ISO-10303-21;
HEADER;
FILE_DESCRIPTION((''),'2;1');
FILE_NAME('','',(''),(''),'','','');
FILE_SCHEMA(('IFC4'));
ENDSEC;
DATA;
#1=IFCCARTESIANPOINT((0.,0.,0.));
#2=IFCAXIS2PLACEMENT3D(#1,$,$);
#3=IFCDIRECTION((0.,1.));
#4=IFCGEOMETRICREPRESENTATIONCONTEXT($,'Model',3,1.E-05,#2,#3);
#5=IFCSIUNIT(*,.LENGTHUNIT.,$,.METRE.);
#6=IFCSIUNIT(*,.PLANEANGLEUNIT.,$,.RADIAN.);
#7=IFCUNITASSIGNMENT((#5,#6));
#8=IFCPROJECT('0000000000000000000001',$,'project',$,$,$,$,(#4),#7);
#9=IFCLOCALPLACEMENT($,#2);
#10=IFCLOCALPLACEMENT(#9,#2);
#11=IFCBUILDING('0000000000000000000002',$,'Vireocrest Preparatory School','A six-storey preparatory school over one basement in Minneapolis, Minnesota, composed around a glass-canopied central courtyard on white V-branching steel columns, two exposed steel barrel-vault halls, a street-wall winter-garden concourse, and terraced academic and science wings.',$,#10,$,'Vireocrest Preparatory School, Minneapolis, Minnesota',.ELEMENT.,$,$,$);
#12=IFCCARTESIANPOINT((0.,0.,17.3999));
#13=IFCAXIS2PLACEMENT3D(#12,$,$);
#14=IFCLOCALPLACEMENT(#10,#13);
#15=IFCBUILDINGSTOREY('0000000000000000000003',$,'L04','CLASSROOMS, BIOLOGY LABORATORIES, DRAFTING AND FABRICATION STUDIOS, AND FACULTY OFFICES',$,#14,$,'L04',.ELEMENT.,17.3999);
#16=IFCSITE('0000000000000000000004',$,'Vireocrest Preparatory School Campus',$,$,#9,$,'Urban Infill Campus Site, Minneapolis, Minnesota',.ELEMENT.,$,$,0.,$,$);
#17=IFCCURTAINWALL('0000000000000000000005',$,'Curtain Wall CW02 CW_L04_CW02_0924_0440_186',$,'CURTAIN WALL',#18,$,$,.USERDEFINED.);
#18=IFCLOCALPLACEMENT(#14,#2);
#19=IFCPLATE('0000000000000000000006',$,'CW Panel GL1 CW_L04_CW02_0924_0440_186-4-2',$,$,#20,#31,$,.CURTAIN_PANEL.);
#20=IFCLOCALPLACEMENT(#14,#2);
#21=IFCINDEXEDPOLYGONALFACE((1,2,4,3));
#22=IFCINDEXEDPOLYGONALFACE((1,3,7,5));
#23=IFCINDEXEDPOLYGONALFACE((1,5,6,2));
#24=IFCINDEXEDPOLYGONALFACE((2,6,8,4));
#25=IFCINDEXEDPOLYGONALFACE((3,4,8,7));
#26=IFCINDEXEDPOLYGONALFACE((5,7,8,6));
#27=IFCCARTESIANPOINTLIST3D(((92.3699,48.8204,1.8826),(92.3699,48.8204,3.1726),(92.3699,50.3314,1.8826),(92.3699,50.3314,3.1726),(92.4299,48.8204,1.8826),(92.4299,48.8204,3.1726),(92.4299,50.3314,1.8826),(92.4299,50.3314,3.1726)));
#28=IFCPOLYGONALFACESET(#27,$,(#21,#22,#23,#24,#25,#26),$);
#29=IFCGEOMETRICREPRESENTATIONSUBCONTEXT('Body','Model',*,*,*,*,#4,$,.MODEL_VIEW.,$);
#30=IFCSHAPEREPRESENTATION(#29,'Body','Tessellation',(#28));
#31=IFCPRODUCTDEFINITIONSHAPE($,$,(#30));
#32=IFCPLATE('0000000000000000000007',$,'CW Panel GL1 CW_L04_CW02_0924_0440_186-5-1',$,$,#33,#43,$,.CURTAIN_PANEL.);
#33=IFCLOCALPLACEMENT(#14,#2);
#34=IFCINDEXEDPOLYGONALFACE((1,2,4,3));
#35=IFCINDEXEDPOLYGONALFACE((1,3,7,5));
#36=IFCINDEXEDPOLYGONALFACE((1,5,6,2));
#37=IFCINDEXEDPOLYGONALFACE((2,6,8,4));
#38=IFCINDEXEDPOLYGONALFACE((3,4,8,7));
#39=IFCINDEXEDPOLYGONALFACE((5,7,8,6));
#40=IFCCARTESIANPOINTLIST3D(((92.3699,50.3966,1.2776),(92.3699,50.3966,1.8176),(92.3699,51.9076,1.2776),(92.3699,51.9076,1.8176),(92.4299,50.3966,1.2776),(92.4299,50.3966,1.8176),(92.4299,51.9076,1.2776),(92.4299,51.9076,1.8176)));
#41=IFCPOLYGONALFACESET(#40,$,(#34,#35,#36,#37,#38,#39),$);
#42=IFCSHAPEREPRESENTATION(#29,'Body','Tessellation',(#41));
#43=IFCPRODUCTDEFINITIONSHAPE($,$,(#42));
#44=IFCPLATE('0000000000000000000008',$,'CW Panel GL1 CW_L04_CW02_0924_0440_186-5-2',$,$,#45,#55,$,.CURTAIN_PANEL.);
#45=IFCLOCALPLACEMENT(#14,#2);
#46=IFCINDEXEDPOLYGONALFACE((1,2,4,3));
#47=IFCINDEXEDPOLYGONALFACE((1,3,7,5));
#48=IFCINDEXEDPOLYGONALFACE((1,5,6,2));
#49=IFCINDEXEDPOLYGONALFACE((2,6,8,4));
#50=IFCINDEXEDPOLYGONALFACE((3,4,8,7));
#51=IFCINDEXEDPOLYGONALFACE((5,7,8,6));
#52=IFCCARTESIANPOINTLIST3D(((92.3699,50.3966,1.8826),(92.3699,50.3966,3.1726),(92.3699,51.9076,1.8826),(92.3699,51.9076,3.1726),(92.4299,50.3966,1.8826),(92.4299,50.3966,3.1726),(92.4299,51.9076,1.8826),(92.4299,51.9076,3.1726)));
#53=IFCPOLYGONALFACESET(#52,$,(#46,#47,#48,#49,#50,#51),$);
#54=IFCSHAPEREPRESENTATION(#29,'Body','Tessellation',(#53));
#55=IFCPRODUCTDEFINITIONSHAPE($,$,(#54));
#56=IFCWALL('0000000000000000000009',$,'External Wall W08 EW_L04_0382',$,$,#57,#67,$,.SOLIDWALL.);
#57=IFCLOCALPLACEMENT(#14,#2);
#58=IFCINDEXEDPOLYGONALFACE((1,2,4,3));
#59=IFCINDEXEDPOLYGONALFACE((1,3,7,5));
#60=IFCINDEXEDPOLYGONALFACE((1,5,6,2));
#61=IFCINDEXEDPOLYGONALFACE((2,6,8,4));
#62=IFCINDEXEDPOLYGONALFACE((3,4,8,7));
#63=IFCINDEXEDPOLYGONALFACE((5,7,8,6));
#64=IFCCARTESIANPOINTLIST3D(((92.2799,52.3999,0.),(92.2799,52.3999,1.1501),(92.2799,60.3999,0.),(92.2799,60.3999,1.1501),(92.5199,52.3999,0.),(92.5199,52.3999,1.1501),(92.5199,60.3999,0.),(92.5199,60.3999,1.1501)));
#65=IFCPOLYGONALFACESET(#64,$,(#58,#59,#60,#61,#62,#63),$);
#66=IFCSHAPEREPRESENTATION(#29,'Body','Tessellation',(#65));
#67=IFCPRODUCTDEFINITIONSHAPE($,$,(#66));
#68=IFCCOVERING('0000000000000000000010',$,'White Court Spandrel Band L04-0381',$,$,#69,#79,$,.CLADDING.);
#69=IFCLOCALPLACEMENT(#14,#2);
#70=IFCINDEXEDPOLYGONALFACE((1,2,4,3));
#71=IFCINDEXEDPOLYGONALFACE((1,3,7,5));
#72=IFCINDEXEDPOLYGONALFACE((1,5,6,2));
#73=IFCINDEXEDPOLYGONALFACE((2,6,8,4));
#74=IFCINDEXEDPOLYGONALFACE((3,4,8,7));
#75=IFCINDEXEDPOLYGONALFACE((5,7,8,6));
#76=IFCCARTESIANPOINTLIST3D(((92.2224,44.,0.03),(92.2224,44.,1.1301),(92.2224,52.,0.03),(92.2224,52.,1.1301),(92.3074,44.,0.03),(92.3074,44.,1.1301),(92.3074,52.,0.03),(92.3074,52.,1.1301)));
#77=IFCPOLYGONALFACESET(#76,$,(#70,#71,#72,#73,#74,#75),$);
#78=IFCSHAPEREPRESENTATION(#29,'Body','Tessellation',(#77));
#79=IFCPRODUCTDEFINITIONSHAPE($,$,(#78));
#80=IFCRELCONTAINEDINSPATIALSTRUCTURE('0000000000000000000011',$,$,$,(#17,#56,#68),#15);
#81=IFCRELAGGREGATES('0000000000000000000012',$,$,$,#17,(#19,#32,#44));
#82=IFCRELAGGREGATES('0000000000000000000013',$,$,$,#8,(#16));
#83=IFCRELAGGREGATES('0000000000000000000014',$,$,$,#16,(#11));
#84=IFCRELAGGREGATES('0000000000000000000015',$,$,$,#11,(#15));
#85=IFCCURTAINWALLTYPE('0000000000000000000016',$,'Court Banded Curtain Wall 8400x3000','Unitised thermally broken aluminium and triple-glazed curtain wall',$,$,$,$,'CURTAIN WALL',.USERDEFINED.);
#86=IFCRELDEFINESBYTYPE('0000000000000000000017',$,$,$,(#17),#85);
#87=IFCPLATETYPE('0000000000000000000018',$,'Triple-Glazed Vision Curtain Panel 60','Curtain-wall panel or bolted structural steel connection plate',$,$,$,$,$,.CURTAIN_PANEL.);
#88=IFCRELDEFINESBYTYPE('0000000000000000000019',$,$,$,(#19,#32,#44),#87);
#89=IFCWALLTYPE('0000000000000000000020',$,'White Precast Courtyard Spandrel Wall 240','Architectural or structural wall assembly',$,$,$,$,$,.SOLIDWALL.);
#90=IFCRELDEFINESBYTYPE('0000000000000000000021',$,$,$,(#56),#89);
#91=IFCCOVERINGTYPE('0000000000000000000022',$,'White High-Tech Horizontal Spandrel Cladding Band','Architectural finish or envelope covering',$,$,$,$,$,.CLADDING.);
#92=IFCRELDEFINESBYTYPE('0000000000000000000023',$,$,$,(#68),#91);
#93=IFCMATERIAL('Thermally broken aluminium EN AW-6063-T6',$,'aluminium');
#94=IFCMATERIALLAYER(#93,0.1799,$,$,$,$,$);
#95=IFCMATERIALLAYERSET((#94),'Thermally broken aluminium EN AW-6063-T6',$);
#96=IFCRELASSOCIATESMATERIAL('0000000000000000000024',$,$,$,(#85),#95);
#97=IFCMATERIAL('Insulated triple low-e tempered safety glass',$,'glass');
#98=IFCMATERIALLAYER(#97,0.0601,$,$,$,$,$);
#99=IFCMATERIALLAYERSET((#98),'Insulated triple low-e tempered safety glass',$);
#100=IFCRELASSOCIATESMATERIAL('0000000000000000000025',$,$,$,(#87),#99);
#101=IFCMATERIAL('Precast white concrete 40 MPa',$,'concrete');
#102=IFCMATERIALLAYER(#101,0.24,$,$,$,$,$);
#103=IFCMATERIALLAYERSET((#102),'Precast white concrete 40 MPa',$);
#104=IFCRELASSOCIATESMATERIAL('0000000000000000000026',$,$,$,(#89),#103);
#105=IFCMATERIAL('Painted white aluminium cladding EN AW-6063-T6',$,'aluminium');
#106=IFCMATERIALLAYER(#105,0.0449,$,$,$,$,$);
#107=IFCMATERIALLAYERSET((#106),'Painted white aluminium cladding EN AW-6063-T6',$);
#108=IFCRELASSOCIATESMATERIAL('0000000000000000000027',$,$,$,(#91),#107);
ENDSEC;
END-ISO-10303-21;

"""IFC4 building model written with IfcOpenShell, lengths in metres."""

from ifc_helpers import new_model, si_unit, direction, frame, frame_2d, origin, origin_2d, place, context, subcontext, project, spatial, rectangle, extrude, material, layer, layer_set, type_object, element, aggregate, save


model = new_model("IFC4")

# Units and contexts
model_context = context("Model", 3, precision=1e-05, world=origin(), true_north=direction((0.0, 1.0)))
body_context = subcontext(model_context, "Body", "Model", "MODEL_VIEW")
ifc_project = project(units=[si_unit("LENGTHUNIT", "METRE"), si_unit("PLANEANGLEUNIT", "RADIAN")], contexts=[model_context])

# Site, building, storey
site_placement = place(None, origin())
site = spatial("IfcSite", under=ifc_project, at=site_placement, Name="Vireocrest Preparatory School Campus", LongName="Urban Infill Campus Site, Minneapolis, Minnesota", CompositionType="ELEMENT", RefElevation=0.0)
building_placement = place(site_placement, origin())
building = spatial("IfcBuilding", under=site, at=building_placement, Name="Vireocrest Preparatory School", Description="A six-storey preparatory school over one basement in Minneapolis, Minnesota, composed around a glass-canopied central courtyard on white V-branching steel columns, two exposed steel barrel-vault halls, a street-wall winter-garden concourse, and terraced academic and science wings.", LongName="Vireocrest Preparatory School, Minneapolis, Minnesota", CompositionType="ELEMENT")
storey_placement = place(building_placement, frame((0.0, 0.0, 17.3999)))
storey = spatial("IfcBuildingStorey", under=building, at=storey_placement, Name="L04", Description="CLASSROOMS, BIOLOGY LABORATORIES, DRAFTING AND FABRICATION STUDIOS, AND FACULTY OFFICES", LongName="L04", CompositionType="ELEMENT", Elevation=17.3999)

# Curtain wall
ifc_material_1 = material(Name="Thermally broken aluminium EN AW-6063-T6", Category="aluminium")
ifc_layer_1 = layer(ifc_material_1, 0.1799)
ifc_layer_set_1 = layer_set([ifc_layer_1], Name="Thermally broken aluminium EN AW-6063-T6")
curtain_wall_type = type_object("IfcCurtainWallType", Name="Court Banded Curtain Wall 8400x3000", Description="Unitised thermally broken aluminium and triple-glazed curtain wall", ElementType="CURTAIN WALL", PredefinedType="USERDEFINED", material=ifc_layer_set_1)
curtain_wall_1_placement = place(storey_placement, origin())
curtain_wall_1 = element("IfcCurtainWall", 1, at=curtain_wall_1_placement, inside=storey, type_object=curtain_wall_type, Name="Curtain Wall CW02 CW_L04_CW02_0924_0440_186", ObjectType="CURTAIN WALL", PredefinedType="USERDEFINED")

# Plates
ifc_material_2 = material(Name="Insulated triple low-e tempered safety glass", Category="glass")
ifc_layer_2 = layer(ifc_material_2, 0.0601)
ifc_layer_set_2 = layer_set([ifc_layer_2], Name="Insulated triple low-e tempered safety glass")
plate_type = type_object("IfcPlateType", Name="Triple-Glazed Vision Curtain Panel 60", Description="Curtain-wall panel or bolted structural steel connection plate", PredefinedType="CURTAIN_PANEL", material=ifc_layer_set_2)
plate_1_placement = place(storey_placement, frame((92.3999, 49.5759, 1.8826), z_axis=(0.0, 0.0, 1.0), x_axis=(0.0, 1.0, 0.0)))
plate_1 = element("IfcPlate", 2, at=plate_1_placement, type_object=plate_type, Name="CW Panel GL1 CW_L04_CW02_0924_0440_186-4-2", PredefinedType="CURTAIN_PANEL", context=body_context, shape_type="SweptSolid", body=[
    extrude(rectangle(XDim=1.511, YDim=0.0601, at=origin_2d()), origin(), (0.0, 0.0, 1.0), 1.29),
])
plate_2_placement = place(storey_placement, frame((92.3999, 51.1521, 1.2776), z_axis=(0.0, 0.0, 1.0), x_axis=(0.0, 1.0, 0.0)))
plate_2 = element("IfcPlate", 3, at=plate_2_placement, type_object=plate_type, Name="CW Panel GL1 CW_L04_CW02_0924_0440_186-5-1", PredefinedType="CURTAIN_PANEL", context=body_context, shape_type="SweptSolid", body=[
    extrude(rectangle(XDim=1.511, YDim=0.0601, at=origin_2d()), origin(), (0.0, 0.0, 1.0), 0.54),
])
plate_3_placement = place(storey_placement, frame((92.3999, 51.1521, 1.8826), z_axis=(0.0, 0.0, 1.0), x_axis=(0.0, 1.0, 0.0)))
plate_3 = element("IfcPlate", 4, at=plate_3_placement, type_object=plate_type, Name="CW Panel GL1 CW_L04_CW02_0924_0440_186-5-2", PredefinedType="CURTAIN_PANEL", context=body_context, shape_type="SweptSolid", body=[
    extrude(rectangle(XDim=1.511, YDim=0.0601, at=origin_2d()), origin(), (0.0, 0.0, 1.0), 1.29),
])
aggregate(curtain_wall_1, [plate_1, plate_2, plate_3])

# Wall
ifc_material_3 = material(Name="Precast white concrete 40 MPa", Category="concrete")
ifc_layer_3 = layer(ifc_material_3, 0.24)
ifc_layer_set_3 = layer_set([ifc_layer_3], Name="Precast white concrete 40 MPa")
wall_type = type_object("IfcWallType", Name="White Precast Courtyard Spandrel Wall 240", Description="Architectural or structural wall assembly", PredefinedType="SOLIDWALL", material=ifc_layer_set_3)
wall_placement = place(storey_placement, frame((92.3999, 52.3999, 0.0), z_axis=(0.0, 0.0, 1.0), x_axis=(0.0, 1.0, 0.0)))
element("IfcWall", 5, at=wall_placement, inside=storey, type_object=wall_type, Name="External Wall W08 EW_L04_0382", PredefinedType="SOLIDWALL", context=body_context, shape_type="SweptSolid", body=[
    extrude(rectangle(XDim=8.0, YDim=0.24, at=frame_2d((4.0, 0.0))), origin(), (0.0, 0.0, 1.0), 1.1501),
])

# Covering
ifc_material_4 = material(Name="Painted white aluminium cladding EN AW-6063-T6", Category="aluminium")
ifc_layer_4 = layer(ifc_material_4, 0.0449)
ifc_layer_set_4 = layer_set([ifc_layer_4], Name="Painted white aluminium cladding EN AW-6063-T6")
covering_type = type_object("IfcCoveringType", Name="White High-Tech Horizontal Spandrel Cladding Band", Description="Architectural finish or envelope covering", PredefinedType="CLADDING", material=ifc_layer_set_4)
covering_placement = place(storey_placement, frame((92.2649, 48.0, 0.03), z_axis=(0.0, 0.0, 1.0), x_axis=(1.0, 0.0, 0.0)))
element("IfcCovering", 6, at=covering_placement, inside=storey, type_object=covering_type, Name="White Court Spandrel Band L04-0381", PredefinedType="CLADDING", context=body_context, shape_type="SweptSolid", body=[
    extrude(rectangle(XDim=0.085, YDim=8.0, at=origin_2d()), origin(), (0.0, 0.0, 1.0), 1.1001),
])

save(model, "model.ifc")
